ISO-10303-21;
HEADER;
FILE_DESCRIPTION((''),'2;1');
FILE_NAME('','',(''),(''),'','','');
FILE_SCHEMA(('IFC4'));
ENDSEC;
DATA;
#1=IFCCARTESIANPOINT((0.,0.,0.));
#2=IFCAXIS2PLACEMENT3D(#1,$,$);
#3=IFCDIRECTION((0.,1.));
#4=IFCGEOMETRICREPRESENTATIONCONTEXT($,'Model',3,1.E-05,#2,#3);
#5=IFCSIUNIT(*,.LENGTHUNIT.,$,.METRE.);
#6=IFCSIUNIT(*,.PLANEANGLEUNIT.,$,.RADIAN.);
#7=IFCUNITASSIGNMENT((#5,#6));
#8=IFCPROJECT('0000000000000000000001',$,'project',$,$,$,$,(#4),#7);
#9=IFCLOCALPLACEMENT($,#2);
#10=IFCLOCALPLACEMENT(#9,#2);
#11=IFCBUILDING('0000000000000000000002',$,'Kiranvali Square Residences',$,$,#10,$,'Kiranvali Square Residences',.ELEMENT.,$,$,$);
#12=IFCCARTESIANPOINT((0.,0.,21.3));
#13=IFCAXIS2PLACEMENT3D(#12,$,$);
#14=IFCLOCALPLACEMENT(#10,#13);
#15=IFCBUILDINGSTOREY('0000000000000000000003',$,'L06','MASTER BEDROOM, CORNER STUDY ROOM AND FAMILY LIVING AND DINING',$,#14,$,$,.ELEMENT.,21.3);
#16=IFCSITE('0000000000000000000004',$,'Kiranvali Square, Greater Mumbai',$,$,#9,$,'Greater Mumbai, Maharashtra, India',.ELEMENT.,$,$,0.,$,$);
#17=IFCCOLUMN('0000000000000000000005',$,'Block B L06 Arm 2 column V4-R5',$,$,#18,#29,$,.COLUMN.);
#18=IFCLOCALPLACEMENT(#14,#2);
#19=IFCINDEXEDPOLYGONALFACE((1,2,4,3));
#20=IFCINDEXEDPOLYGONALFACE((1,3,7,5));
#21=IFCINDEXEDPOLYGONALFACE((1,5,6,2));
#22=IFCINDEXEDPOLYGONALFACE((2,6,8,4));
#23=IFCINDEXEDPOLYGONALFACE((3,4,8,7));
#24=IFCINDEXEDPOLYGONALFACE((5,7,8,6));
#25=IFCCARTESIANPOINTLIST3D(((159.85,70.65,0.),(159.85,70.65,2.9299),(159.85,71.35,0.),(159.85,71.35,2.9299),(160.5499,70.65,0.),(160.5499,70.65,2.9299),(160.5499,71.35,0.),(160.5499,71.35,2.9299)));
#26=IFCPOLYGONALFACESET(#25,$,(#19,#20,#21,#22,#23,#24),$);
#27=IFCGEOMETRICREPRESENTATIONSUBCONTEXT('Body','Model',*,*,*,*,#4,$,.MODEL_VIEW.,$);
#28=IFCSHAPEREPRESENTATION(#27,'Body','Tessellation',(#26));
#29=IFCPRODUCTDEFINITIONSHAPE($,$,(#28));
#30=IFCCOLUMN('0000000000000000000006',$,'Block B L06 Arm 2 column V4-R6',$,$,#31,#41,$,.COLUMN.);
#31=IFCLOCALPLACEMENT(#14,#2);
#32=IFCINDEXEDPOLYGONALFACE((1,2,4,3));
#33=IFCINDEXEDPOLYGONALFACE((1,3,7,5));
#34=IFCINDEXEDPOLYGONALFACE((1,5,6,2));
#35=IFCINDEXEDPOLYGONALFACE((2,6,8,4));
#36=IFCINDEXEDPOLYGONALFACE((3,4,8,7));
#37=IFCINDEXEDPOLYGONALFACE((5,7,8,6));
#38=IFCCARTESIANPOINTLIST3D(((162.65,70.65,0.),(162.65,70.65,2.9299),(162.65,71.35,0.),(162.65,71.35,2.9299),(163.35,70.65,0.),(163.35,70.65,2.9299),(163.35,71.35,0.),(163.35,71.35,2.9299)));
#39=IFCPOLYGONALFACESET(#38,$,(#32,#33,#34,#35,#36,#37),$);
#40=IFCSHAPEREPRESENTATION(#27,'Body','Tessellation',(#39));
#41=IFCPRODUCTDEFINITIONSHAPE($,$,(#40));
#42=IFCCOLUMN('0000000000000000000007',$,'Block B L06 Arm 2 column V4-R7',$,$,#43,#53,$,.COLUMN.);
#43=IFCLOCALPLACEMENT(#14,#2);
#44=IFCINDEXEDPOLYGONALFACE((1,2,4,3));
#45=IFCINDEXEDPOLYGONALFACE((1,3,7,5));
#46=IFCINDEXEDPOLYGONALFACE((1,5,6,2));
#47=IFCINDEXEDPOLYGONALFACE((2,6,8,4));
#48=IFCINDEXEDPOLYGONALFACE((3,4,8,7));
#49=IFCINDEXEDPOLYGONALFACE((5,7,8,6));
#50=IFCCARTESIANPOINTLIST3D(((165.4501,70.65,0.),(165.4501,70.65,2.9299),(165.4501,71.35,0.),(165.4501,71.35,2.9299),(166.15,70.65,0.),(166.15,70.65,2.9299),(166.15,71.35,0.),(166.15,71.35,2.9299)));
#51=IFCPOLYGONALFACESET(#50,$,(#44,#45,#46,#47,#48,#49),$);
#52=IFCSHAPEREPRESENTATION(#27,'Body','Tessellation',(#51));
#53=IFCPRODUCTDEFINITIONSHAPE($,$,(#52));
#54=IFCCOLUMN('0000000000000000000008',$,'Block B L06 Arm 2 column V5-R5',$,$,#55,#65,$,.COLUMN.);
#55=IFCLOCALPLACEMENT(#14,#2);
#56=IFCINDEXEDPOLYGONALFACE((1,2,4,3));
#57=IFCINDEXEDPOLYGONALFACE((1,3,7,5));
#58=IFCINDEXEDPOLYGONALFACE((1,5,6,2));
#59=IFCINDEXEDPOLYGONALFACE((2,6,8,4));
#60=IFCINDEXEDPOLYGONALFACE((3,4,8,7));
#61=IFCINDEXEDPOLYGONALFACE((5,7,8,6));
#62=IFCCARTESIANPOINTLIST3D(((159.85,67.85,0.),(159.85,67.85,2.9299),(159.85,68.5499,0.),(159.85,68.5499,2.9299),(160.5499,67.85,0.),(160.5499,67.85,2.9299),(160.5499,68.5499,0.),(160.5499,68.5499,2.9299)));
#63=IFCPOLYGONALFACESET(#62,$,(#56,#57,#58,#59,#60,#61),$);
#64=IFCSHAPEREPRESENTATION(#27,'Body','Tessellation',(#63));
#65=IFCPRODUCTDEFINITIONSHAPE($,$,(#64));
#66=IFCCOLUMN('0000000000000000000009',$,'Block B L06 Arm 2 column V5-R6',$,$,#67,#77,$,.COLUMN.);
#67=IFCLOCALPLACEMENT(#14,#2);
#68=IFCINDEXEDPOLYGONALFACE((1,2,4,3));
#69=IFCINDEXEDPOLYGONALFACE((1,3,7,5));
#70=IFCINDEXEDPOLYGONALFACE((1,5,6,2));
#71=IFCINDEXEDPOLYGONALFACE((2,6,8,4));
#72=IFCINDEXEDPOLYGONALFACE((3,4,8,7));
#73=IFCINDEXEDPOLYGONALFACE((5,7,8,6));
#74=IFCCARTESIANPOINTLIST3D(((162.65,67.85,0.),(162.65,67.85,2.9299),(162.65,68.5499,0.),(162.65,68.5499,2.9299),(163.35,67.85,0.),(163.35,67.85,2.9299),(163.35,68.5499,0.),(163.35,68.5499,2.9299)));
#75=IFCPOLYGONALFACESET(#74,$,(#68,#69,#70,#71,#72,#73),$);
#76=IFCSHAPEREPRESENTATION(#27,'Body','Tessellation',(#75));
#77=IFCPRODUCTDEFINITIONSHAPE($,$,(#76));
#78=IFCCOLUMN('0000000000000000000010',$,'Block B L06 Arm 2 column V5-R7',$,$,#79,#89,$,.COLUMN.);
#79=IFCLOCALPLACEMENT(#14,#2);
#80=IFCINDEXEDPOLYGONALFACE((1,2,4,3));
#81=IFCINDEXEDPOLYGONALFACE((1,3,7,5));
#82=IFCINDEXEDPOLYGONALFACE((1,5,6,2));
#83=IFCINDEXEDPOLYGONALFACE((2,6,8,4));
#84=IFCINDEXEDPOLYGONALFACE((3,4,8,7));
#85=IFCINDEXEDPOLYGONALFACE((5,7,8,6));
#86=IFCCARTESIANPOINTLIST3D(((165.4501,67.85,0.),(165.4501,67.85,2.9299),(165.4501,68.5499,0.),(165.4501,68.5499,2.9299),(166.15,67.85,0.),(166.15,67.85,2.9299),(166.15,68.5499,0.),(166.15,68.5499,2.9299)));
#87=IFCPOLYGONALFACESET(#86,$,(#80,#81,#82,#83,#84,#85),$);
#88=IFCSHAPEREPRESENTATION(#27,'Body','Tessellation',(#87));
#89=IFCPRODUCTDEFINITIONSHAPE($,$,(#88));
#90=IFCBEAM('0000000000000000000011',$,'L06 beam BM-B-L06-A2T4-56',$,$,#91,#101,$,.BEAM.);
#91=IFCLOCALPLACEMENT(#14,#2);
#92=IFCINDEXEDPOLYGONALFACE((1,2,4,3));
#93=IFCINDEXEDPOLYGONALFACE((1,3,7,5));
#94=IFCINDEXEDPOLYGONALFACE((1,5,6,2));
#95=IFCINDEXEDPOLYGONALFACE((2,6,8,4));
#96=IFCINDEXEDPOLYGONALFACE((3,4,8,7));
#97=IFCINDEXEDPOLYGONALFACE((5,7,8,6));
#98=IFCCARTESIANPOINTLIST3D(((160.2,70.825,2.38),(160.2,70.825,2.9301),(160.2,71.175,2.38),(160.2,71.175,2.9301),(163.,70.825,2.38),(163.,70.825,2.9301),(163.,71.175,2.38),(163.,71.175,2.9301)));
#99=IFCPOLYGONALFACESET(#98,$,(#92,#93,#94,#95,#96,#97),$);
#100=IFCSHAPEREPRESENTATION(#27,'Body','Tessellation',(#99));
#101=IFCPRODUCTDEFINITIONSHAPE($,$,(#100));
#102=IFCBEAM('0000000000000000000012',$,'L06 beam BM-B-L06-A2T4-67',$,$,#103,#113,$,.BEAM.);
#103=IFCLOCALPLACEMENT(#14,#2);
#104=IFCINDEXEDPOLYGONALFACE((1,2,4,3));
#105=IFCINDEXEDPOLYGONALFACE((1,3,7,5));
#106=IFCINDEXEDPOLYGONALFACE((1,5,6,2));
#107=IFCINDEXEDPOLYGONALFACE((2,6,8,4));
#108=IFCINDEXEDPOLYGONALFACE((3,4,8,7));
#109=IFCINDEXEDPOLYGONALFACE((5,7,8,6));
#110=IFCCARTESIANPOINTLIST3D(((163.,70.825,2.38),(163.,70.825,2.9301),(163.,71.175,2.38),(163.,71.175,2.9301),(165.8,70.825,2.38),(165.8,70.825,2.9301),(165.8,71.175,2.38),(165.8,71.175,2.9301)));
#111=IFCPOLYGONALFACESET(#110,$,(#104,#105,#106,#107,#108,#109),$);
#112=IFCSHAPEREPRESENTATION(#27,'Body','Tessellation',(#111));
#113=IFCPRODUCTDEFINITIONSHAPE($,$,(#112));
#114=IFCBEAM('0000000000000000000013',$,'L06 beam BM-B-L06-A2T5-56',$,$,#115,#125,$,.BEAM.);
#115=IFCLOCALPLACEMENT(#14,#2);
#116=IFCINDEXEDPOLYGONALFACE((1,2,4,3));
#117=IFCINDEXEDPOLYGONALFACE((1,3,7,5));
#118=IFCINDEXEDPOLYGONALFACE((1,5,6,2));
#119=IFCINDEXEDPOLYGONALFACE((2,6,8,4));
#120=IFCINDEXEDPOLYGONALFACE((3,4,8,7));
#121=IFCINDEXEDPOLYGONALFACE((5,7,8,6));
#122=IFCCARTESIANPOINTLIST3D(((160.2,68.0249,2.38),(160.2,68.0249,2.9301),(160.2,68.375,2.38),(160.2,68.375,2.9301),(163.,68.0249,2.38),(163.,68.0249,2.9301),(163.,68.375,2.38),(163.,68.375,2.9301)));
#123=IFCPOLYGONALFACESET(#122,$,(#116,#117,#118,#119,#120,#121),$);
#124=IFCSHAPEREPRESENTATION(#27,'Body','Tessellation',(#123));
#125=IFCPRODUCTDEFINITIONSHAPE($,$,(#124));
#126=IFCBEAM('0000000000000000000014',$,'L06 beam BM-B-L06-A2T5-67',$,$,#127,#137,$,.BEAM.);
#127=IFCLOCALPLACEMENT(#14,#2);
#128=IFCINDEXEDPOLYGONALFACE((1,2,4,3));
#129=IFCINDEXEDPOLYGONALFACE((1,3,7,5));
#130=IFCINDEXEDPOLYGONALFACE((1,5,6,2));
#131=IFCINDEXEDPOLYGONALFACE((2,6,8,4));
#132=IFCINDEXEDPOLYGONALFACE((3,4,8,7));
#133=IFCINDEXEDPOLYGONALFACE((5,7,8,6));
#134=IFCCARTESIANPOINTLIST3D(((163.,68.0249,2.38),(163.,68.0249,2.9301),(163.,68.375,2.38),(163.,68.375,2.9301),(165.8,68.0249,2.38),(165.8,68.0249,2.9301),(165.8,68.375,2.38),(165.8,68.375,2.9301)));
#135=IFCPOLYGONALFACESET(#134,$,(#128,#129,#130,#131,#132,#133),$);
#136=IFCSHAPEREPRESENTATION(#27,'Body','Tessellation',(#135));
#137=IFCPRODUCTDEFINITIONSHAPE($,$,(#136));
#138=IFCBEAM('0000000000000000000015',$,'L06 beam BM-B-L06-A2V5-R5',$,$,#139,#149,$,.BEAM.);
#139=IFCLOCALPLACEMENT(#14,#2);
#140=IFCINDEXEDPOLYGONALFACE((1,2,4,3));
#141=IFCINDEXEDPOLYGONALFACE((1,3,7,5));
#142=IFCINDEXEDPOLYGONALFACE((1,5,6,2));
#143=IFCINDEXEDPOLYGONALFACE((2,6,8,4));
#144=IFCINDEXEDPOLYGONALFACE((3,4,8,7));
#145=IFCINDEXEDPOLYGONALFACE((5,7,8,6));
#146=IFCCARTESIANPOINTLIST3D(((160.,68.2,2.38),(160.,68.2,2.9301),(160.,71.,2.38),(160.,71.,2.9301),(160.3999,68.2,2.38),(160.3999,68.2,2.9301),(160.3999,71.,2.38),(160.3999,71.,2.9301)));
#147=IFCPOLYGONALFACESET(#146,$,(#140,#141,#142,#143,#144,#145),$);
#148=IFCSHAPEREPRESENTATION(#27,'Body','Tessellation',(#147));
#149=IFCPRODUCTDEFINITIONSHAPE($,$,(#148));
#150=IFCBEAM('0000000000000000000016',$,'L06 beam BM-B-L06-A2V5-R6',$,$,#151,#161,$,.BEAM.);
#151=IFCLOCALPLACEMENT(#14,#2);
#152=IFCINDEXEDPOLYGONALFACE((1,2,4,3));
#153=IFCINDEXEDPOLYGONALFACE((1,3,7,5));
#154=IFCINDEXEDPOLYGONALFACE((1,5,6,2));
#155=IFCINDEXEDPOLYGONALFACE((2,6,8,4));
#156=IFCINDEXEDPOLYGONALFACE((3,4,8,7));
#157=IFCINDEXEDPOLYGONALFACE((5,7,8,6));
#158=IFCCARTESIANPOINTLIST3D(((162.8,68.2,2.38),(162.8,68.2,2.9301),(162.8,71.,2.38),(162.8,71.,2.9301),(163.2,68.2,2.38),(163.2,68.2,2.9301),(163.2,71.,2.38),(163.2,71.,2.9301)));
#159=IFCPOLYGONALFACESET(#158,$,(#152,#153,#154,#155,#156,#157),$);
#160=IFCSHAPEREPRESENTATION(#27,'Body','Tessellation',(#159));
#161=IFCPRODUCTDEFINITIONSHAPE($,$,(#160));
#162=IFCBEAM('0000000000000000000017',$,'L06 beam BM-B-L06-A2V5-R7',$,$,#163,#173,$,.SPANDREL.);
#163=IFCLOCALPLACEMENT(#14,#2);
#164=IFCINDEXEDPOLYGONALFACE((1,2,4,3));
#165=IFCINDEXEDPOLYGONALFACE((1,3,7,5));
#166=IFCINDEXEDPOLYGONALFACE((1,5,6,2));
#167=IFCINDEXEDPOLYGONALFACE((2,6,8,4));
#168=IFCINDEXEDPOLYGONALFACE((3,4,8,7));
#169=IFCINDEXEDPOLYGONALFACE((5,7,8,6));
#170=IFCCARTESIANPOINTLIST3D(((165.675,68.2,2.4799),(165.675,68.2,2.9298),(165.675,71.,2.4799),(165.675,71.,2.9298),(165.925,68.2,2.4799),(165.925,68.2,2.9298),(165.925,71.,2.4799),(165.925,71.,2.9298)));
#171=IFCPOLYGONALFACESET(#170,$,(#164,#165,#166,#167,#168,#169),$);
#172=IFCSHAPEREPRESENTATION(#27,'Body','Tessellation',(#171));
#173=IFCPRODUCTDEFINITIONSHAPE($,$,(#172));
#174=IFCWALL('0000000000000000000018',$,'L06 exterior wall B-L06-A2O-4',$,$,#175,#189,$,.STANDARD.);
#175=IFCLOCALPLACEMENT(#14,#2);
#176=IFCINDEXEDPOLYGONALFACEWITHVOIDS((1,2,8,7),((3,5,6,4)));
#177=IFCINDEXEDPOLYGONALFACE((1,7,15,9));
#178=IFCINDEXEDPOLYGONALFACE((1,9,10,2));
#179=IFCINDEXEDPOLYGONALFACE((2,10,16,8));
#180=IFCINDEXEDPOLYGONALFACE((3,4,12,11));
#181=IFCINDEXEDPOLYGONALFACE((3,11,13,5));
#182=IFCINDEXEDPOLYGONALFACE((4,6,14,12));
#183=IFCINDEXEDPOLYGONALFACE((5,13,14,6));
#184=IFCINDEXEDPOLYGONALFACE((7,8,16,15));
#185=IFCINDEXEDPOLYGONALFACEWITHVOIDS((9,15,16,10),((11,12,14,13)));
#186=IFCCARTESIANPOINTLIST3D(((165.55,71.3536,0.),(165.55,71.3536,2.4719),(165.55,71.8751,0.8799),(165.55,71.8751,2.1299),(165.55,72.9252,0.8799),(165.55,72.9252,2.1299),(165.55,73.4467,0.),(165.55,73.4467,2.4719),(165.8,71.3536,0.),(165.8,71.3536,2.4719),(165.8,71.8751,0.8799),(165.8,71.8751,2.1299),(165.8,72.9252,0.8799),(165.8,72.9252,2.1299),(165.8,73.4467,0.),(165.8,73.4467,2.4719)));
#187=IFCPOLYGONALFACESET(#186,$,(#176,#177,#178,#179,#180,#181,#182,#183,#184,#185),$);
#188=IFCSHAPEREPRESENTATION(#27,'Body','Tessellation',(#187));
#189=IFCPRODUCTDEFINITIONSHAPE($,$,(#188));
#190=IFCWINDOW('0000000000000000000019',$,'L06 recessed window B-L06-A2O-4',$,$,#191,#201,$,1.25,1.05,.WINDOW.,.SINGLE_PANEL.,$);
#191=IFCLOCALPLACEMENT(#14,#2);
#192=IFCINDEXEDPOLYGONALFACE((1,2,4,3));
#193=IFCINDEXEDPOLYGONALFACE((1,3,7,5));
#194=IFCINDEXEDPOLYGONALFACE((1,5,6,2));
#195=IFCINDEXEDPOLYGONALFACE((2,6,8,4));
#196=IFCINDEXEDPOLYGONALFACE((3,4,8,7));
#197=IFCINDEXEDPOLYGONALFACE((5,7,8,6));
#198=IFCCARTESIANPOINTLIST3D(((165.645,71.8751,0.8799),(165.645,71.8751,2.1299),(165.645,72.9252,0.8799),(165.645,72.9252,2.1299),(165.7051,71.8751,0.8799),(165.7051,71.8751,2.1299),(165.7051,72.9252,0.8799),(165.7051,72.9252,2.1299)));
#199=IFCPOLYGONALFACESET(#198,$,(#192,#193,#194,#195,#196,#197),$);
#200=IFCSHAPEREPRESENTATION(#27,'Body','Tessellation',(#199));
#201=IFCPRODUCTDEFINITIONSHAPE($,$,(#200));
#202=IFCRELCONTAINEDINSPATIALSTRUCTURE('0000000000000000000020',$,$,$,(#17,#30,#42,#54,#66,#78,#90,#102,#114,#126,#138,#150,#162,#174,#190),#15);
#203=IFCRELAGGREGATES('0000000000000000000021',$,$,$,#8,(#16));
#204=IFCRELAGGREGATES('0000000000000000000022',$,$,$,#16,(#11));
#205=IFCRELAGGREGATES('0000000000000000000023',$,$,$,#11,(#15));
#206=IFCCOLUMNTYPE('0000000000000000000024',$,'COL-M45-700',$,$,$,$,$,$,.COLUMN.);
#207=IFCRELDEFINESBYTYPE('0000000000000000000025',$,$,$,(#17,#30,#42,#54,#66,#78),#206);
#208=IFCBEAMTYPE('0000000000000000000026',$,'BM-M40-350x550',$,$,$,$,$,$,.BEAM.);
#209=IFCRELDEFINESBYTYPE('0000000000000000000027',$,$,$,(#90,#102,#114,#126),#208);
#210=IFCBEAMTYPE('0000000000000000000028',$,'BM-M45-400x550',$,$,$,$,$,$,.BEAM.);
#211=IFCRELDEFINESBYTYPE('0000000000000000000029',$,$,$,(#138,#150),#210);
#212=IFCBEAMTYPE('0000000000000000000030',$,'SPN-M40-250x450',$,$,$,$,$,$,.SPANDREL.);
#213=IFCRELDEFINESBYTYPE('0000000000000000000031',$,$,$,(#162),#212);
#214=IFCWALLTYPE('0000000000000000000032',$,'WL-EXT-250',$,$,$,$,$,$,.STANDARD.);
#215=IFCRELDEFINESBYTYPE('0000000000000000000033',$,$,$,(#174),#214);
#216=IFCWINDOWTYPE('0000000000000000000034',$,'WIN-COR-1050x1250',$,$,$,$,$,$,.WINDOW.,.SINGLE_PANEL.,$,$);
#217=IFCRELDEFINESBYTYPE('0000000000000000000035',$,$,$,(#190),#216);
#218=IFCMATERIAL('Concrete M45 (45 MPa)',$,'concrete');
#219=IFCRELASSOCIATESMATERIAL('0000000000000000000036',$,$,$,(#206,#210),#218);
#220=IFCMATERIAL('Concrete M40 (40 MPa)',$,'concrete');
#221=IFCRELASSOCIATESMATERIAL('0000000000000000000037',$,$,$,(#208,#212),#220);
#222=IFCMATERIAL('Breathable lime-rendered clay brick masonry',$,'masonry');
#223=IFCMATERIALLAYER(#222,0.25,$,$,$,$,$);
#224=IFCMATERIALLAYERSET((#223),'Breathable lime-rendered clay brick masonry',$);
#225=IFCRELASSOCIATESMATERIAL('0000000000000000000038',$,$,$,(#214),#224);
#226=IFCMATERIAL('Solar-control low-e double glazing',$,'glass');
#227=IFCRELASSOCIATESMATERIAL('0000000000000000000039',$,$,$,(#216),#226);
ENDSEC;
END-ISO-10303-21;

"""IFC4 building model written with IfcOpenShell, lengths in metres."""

from ifc_helpers import new_model, si_unit, direction, frame, frame_2d, origin, origin_2d, place, context, subcontext, project, spatial, rectangle, extrude, material, layer, layer_set, material_profile, profile_set, type_object, element, fill, save


model = new_model("IFC4")

# Units and contexts
model_context = context("Model", 3, precision=1e-05, world=origin(), true_north=direction((0.0, 1.0)))
body_context = subcontext(model_context, "Body", "Model", "MODEL_VIEW")
ifc_project = project(units=[si_unit("LENGTHUNIT", "METRE"), si_unit("PLANEANGLEUNIT", "RADIAN")], contexts=[model_context])

# Site, building, storey
site_placement = place(None, origin())
site = spatial("IfcSite", under=ifc_project, at=site_placement, Name="Kiranvali Square, Greater Mumbai", LongName="Greater Mumbai, Maharashtra, India", CompositionType="ELEMENT", RefElevation=0.0)
building_placement = place(site_placement, origin())
building = spatial("IfcBuilding", under=site, at=building_placement, Name="Kiranvali Square Residences", LongName="Kiranvali Square Residences", CompositionType="ELEMENT")
storey_placement = place(building_placement, frame((0.0, 0.0, 21.3)))
storey = spatial("IfcBuildingStorey", under=building, at=storey_placement, Name="L06", Description="MASTER BEDROOM, CORNER STUDY ROOM AND FAMILY LIVING AND DINING", CompositionType="ELEMENT", Elevation=21.3)

# Columns
ifc_material_1 = material(Name="Concrete M45 (45 MPa)", Category="concrete")
ifc_material_profile_1 = material_profile(ifc_material_1, rectangle(XDim=0.7, YDim=0.7, at=origin_2d()), Name="RC 700x700")
ifc_profile_set_1 = profile_set([ifc_material_profile_1], Name="Concrete M45 (45 MPa)")
column_type = type_object("IfcColumnType", Name="COL-M45-700", PredefinedType="COLUMN", material=ifc_profile_set_1)
for number, where, z_axis, x_axis, name in (
    (1, (160.2, 71.0, 0.0), (0.0, 0.0, 1.0), (1.0, 0.0, 0.0), "Block B L06 Arm 2 column V4-R5"),
    (2, (163.0, 71.0, 0.0), (0.0, 0.0, 1.0), (1.0, 0.0, 0.0), "Block B L06 Arm 2 column V4-R6"),
    (3, (165.8, 71.0, 0.0), (0.0, 0.0, 1.0), (1.0, 0.0, 0.0), "Block B L06 Arm 2 column V4-R7"),
    (4, (160.2, 68.2, 0.0), (0.0, 0.0, 1.0), (1.0, 0.0, 0.0), "Block B L06 Arm 2 column V5-R5"),
    (5, (163.0, 68.2, 0.0), (0.0, 0.0, 1.0), (1.0, 0.0, 0.0), "Block B L06 Arm 2 column V5-R6"),
    (6, (165.8, 68.2, 0.0), (0.0, 0.0, 1.0), (1.0, 0.0, 0.0), "Block B L06 Arm 2 column V5-R7"),
):
    element("IfcColumn", number, at=place(storey_placement, frame(where, z_axis=z_axis, x_axis=x_axis)), inside=storey, type_object=column_type, Name=name, PredefinedType="COLUMN", context=body_context, shape_type="SweptSolid", body=[
        extrude(rectangle(XDim=0.7, YDim=0.7, at=origin_2d()), origin(), (0.0, 0.0, 1.0), 2.9299),
    ])

# Beams
ifc_material_2 = material(Name="Concrete M40 (40 MPa)", Category="concrete")
ifc_material_profile_2 = material_profile(ifc_material_2, rectangle(XDim=0.3501, YDim=0.55, at=origin_2d()), Name="RC 350x550")
ifc_profile_set_2 = profile_set([ifc_material_profile_2], Name="Concrete M40 (40 MPa)")
beam_type_1 = type_object("IfcBeamType", Name="BM-M40-350x550", PredefinedType="BEAM", material=ifc_profile_set_2)
for number, where, z_axis, x_axis, name in (
    (7, (160.2, 71.0, 2.655), (1.0, 0.0, 0.0), (0.0, 1.0, 0.0), "L06 beam BM-B-L06-A2T4-56"),
    (8, (163.0, 71.0, 2.655), (1.0, 0.0, 0.0), (0.0, 1.0, 0.0), "L06 beam BM-B-L06-A2T4-67"),
    (9, (160.2, 68.2, 2.655), (1.0, 0.0, 0.0), (0.0, 1.0, 0.0), "L06 beam BM-B-L06-A2T5-56"),
    (10, (163.0, 68.2, 2.655), (1.0, 0.0, 0.0), (0.0, 1.0, 0.0), "L06 beam BM-B-L06-A2T5-67"),
):
    element("IfcBeam", number, at=place(storey_placement, frame(where, z_axis=z_axis, x_axis=x_axis)), inside=storey, type_object=beam_type_1, Name=name, PredefinedType="BEAM", context=body_context, shape_type="SweptSolid", body=[
        extrude(rectangle(XDim=0.3501, YDim=0.55, at=origin_2d()), origin(), (0.0, 0.0, 1.0), 2.8),
    ])
ifc_material_profile_3 = material_profile(ifc_material_1, rectangle(XDim=0.3999, YDim=0.55, at=origin_2d()), Name="RC 400x550")
ifc_profile_set_3 = profile_set([ifc_material_profile_3], Name="Concrete M45 (45 MPa)")
beam_type_2 = type_object("IfcBeamType", Name="BM-M45-400x550", PredefinedType="BEAM", material=ifc_profile_set_3)
for number, where, z_axis, x_axis, name in (
    (11, (160.2, 71.0, 2.655), (0.0, -1.0, 0.0), (1.0, 0.0, 0.0), "L06 beam BM-B-L06-A2V5-R5"),
    (12, (163.0, 71.0, 2.655), (0.0, -1.0, 0.0), (1.0, 0.0, 0.0), "L06 beam BM-B-L06-A2V5-R6"),
):
    element("IfcBeam", number, at=place(storey_placement, frame(where, z_axis=z_axis, x_axis=x_axis)), inside=storey, type_object=beam_type_2, Name=name, PredefinedType="BEAM", context=body_context, shape_type="SweptSolid", body=[
        extrude(rectangle(XDim=0.3999, YDim=0.55, at=origin_2d()), origin(), (0.0, 0.0, 1.0), 2.8),
    ])
ifc_material_profile_4 = material_profile(ifc_material_2, rectangle(XDim=0.25, YDim=0.45, at=origin_2d()), Name="RC 250x450")
ifc_profile_set_4 = profile_set([ifc_material_profile_4], Name="Concrete M40 (40 MPa)")
beam_type_3 = type_object("IfcBeamType", Name="SPN-M40-250x450", PredefinedType="SPANDREL", material=ifc_profile_set_4)
beam_placement = place(storey_placement, frame((165.8, 71.0, 2.7048), z_axis=(0.0, -1.0, 0.0), x_axis=(1.0, 0.0, 0.0)))
element("IfcBeam", 13, at=beam_placement, inside=storey, type_object=beam_type_3, Name="L06 beam BM-B-L06-A2V5-R7", PredefinedType="SPANDREL", context=body_context, shape_type="SweptSolid", body=[
    extrude(rectangle(XDim=0.25, YDim=0.45, at=origin_2d()), origin(), (0.0, 0.0, 1.0), 2.8),
])

# Wall, opening, window
ifc_material_3 = material(Name="Breathable lime-rendered clay brick masonry", Category="masonry")
ifc_layer = layer(ifc_material_3, 0.25)
ifc_layer_set = layer_set([ifc_layer], Name="Breathable lime-rendered clay brick masonry")
wall_type = type_object("IfcWallType", Name="WL-EXT-250", PredefinedType="STANDARD", material=ifc_layer_set)
wall_1_placement = place(storey_placement, frame((165.675, 73.4465, 0.0), z_axis=(0.0, 0.0, 1.0), x_axis=(0.0, -1.0, 0.0)))
wall_1 = element("IfcWall", 14, at=wall_1_placement, inside=storey, type_object=wall_type, Name="L06 exterior wall B-L06-A2O-4", PredefinedType="STANDARD", context=body_context, shape_type="SweptSolid", body=[
    extrude(rectangle(XDim=2.093, YDim=0.25, at=frame_2d((1.0464, 0.0))), origin(), (0.0, 0.0, 1.0), 2.4719),
])
opening_1_placement = place(wall_1_placement, frame((0.5215, 0.0, 0.8799)))
opening_1 = element("IfcOpeningElement", 15, at=opening_1_placement, cuts=wall_1, PredefinedType="OPENING", context=body_context, shape_type="SweptSolid", body=[
    extrude(rectangle(XDim=1.05, YDim=1.25, at=frame_2d((0.5249, 0.625))), frame((0.0, 0.135, 0.0), z_axis=(0.0, -1.0, 0.0), x_axis=(1.0, 0.0, 0.0)), (0.0, 0.0, 1.0), 0.27),
])
ifc_material_4 = material(Name="Solar-control low-e double glazing", Category="glass")
window_type_1 = type_object("IfcWindowType", Name="WIN-COR-1050x1250", PartitioningType="SINGLE_PANEL", PredefinedType="WINDOW", material=ifc_material_4)
window_1_placement = place(opening_1_placement, origin())
window_1 = element("IfcWindow", 16, at=window_1_placement, inside=storey, type_object=window_type_1, Name="L06 recessed window B-L06-A2O-4", OverallHeight=1.25, OverallWidth=1.05, PartitioningType="SINGLE_PANEL", PredefinedType="WINDOW", context=body_context, shape_type="SweptSolid", body=[
    extrude(rectangle(XDim=1.05, YDim=1.25, at=frame_2d((0.5249, 0.625))), frame((0.0, 0.03, 0.0), z_axis=(0.0, -1.0, 0.0), x_axis=(1.0, 0.0, 0.0)), (0.0, 0.0, 1.0), 0.0601),
])
fill(opening_1, window_1)

save(model, "model.ifc")
